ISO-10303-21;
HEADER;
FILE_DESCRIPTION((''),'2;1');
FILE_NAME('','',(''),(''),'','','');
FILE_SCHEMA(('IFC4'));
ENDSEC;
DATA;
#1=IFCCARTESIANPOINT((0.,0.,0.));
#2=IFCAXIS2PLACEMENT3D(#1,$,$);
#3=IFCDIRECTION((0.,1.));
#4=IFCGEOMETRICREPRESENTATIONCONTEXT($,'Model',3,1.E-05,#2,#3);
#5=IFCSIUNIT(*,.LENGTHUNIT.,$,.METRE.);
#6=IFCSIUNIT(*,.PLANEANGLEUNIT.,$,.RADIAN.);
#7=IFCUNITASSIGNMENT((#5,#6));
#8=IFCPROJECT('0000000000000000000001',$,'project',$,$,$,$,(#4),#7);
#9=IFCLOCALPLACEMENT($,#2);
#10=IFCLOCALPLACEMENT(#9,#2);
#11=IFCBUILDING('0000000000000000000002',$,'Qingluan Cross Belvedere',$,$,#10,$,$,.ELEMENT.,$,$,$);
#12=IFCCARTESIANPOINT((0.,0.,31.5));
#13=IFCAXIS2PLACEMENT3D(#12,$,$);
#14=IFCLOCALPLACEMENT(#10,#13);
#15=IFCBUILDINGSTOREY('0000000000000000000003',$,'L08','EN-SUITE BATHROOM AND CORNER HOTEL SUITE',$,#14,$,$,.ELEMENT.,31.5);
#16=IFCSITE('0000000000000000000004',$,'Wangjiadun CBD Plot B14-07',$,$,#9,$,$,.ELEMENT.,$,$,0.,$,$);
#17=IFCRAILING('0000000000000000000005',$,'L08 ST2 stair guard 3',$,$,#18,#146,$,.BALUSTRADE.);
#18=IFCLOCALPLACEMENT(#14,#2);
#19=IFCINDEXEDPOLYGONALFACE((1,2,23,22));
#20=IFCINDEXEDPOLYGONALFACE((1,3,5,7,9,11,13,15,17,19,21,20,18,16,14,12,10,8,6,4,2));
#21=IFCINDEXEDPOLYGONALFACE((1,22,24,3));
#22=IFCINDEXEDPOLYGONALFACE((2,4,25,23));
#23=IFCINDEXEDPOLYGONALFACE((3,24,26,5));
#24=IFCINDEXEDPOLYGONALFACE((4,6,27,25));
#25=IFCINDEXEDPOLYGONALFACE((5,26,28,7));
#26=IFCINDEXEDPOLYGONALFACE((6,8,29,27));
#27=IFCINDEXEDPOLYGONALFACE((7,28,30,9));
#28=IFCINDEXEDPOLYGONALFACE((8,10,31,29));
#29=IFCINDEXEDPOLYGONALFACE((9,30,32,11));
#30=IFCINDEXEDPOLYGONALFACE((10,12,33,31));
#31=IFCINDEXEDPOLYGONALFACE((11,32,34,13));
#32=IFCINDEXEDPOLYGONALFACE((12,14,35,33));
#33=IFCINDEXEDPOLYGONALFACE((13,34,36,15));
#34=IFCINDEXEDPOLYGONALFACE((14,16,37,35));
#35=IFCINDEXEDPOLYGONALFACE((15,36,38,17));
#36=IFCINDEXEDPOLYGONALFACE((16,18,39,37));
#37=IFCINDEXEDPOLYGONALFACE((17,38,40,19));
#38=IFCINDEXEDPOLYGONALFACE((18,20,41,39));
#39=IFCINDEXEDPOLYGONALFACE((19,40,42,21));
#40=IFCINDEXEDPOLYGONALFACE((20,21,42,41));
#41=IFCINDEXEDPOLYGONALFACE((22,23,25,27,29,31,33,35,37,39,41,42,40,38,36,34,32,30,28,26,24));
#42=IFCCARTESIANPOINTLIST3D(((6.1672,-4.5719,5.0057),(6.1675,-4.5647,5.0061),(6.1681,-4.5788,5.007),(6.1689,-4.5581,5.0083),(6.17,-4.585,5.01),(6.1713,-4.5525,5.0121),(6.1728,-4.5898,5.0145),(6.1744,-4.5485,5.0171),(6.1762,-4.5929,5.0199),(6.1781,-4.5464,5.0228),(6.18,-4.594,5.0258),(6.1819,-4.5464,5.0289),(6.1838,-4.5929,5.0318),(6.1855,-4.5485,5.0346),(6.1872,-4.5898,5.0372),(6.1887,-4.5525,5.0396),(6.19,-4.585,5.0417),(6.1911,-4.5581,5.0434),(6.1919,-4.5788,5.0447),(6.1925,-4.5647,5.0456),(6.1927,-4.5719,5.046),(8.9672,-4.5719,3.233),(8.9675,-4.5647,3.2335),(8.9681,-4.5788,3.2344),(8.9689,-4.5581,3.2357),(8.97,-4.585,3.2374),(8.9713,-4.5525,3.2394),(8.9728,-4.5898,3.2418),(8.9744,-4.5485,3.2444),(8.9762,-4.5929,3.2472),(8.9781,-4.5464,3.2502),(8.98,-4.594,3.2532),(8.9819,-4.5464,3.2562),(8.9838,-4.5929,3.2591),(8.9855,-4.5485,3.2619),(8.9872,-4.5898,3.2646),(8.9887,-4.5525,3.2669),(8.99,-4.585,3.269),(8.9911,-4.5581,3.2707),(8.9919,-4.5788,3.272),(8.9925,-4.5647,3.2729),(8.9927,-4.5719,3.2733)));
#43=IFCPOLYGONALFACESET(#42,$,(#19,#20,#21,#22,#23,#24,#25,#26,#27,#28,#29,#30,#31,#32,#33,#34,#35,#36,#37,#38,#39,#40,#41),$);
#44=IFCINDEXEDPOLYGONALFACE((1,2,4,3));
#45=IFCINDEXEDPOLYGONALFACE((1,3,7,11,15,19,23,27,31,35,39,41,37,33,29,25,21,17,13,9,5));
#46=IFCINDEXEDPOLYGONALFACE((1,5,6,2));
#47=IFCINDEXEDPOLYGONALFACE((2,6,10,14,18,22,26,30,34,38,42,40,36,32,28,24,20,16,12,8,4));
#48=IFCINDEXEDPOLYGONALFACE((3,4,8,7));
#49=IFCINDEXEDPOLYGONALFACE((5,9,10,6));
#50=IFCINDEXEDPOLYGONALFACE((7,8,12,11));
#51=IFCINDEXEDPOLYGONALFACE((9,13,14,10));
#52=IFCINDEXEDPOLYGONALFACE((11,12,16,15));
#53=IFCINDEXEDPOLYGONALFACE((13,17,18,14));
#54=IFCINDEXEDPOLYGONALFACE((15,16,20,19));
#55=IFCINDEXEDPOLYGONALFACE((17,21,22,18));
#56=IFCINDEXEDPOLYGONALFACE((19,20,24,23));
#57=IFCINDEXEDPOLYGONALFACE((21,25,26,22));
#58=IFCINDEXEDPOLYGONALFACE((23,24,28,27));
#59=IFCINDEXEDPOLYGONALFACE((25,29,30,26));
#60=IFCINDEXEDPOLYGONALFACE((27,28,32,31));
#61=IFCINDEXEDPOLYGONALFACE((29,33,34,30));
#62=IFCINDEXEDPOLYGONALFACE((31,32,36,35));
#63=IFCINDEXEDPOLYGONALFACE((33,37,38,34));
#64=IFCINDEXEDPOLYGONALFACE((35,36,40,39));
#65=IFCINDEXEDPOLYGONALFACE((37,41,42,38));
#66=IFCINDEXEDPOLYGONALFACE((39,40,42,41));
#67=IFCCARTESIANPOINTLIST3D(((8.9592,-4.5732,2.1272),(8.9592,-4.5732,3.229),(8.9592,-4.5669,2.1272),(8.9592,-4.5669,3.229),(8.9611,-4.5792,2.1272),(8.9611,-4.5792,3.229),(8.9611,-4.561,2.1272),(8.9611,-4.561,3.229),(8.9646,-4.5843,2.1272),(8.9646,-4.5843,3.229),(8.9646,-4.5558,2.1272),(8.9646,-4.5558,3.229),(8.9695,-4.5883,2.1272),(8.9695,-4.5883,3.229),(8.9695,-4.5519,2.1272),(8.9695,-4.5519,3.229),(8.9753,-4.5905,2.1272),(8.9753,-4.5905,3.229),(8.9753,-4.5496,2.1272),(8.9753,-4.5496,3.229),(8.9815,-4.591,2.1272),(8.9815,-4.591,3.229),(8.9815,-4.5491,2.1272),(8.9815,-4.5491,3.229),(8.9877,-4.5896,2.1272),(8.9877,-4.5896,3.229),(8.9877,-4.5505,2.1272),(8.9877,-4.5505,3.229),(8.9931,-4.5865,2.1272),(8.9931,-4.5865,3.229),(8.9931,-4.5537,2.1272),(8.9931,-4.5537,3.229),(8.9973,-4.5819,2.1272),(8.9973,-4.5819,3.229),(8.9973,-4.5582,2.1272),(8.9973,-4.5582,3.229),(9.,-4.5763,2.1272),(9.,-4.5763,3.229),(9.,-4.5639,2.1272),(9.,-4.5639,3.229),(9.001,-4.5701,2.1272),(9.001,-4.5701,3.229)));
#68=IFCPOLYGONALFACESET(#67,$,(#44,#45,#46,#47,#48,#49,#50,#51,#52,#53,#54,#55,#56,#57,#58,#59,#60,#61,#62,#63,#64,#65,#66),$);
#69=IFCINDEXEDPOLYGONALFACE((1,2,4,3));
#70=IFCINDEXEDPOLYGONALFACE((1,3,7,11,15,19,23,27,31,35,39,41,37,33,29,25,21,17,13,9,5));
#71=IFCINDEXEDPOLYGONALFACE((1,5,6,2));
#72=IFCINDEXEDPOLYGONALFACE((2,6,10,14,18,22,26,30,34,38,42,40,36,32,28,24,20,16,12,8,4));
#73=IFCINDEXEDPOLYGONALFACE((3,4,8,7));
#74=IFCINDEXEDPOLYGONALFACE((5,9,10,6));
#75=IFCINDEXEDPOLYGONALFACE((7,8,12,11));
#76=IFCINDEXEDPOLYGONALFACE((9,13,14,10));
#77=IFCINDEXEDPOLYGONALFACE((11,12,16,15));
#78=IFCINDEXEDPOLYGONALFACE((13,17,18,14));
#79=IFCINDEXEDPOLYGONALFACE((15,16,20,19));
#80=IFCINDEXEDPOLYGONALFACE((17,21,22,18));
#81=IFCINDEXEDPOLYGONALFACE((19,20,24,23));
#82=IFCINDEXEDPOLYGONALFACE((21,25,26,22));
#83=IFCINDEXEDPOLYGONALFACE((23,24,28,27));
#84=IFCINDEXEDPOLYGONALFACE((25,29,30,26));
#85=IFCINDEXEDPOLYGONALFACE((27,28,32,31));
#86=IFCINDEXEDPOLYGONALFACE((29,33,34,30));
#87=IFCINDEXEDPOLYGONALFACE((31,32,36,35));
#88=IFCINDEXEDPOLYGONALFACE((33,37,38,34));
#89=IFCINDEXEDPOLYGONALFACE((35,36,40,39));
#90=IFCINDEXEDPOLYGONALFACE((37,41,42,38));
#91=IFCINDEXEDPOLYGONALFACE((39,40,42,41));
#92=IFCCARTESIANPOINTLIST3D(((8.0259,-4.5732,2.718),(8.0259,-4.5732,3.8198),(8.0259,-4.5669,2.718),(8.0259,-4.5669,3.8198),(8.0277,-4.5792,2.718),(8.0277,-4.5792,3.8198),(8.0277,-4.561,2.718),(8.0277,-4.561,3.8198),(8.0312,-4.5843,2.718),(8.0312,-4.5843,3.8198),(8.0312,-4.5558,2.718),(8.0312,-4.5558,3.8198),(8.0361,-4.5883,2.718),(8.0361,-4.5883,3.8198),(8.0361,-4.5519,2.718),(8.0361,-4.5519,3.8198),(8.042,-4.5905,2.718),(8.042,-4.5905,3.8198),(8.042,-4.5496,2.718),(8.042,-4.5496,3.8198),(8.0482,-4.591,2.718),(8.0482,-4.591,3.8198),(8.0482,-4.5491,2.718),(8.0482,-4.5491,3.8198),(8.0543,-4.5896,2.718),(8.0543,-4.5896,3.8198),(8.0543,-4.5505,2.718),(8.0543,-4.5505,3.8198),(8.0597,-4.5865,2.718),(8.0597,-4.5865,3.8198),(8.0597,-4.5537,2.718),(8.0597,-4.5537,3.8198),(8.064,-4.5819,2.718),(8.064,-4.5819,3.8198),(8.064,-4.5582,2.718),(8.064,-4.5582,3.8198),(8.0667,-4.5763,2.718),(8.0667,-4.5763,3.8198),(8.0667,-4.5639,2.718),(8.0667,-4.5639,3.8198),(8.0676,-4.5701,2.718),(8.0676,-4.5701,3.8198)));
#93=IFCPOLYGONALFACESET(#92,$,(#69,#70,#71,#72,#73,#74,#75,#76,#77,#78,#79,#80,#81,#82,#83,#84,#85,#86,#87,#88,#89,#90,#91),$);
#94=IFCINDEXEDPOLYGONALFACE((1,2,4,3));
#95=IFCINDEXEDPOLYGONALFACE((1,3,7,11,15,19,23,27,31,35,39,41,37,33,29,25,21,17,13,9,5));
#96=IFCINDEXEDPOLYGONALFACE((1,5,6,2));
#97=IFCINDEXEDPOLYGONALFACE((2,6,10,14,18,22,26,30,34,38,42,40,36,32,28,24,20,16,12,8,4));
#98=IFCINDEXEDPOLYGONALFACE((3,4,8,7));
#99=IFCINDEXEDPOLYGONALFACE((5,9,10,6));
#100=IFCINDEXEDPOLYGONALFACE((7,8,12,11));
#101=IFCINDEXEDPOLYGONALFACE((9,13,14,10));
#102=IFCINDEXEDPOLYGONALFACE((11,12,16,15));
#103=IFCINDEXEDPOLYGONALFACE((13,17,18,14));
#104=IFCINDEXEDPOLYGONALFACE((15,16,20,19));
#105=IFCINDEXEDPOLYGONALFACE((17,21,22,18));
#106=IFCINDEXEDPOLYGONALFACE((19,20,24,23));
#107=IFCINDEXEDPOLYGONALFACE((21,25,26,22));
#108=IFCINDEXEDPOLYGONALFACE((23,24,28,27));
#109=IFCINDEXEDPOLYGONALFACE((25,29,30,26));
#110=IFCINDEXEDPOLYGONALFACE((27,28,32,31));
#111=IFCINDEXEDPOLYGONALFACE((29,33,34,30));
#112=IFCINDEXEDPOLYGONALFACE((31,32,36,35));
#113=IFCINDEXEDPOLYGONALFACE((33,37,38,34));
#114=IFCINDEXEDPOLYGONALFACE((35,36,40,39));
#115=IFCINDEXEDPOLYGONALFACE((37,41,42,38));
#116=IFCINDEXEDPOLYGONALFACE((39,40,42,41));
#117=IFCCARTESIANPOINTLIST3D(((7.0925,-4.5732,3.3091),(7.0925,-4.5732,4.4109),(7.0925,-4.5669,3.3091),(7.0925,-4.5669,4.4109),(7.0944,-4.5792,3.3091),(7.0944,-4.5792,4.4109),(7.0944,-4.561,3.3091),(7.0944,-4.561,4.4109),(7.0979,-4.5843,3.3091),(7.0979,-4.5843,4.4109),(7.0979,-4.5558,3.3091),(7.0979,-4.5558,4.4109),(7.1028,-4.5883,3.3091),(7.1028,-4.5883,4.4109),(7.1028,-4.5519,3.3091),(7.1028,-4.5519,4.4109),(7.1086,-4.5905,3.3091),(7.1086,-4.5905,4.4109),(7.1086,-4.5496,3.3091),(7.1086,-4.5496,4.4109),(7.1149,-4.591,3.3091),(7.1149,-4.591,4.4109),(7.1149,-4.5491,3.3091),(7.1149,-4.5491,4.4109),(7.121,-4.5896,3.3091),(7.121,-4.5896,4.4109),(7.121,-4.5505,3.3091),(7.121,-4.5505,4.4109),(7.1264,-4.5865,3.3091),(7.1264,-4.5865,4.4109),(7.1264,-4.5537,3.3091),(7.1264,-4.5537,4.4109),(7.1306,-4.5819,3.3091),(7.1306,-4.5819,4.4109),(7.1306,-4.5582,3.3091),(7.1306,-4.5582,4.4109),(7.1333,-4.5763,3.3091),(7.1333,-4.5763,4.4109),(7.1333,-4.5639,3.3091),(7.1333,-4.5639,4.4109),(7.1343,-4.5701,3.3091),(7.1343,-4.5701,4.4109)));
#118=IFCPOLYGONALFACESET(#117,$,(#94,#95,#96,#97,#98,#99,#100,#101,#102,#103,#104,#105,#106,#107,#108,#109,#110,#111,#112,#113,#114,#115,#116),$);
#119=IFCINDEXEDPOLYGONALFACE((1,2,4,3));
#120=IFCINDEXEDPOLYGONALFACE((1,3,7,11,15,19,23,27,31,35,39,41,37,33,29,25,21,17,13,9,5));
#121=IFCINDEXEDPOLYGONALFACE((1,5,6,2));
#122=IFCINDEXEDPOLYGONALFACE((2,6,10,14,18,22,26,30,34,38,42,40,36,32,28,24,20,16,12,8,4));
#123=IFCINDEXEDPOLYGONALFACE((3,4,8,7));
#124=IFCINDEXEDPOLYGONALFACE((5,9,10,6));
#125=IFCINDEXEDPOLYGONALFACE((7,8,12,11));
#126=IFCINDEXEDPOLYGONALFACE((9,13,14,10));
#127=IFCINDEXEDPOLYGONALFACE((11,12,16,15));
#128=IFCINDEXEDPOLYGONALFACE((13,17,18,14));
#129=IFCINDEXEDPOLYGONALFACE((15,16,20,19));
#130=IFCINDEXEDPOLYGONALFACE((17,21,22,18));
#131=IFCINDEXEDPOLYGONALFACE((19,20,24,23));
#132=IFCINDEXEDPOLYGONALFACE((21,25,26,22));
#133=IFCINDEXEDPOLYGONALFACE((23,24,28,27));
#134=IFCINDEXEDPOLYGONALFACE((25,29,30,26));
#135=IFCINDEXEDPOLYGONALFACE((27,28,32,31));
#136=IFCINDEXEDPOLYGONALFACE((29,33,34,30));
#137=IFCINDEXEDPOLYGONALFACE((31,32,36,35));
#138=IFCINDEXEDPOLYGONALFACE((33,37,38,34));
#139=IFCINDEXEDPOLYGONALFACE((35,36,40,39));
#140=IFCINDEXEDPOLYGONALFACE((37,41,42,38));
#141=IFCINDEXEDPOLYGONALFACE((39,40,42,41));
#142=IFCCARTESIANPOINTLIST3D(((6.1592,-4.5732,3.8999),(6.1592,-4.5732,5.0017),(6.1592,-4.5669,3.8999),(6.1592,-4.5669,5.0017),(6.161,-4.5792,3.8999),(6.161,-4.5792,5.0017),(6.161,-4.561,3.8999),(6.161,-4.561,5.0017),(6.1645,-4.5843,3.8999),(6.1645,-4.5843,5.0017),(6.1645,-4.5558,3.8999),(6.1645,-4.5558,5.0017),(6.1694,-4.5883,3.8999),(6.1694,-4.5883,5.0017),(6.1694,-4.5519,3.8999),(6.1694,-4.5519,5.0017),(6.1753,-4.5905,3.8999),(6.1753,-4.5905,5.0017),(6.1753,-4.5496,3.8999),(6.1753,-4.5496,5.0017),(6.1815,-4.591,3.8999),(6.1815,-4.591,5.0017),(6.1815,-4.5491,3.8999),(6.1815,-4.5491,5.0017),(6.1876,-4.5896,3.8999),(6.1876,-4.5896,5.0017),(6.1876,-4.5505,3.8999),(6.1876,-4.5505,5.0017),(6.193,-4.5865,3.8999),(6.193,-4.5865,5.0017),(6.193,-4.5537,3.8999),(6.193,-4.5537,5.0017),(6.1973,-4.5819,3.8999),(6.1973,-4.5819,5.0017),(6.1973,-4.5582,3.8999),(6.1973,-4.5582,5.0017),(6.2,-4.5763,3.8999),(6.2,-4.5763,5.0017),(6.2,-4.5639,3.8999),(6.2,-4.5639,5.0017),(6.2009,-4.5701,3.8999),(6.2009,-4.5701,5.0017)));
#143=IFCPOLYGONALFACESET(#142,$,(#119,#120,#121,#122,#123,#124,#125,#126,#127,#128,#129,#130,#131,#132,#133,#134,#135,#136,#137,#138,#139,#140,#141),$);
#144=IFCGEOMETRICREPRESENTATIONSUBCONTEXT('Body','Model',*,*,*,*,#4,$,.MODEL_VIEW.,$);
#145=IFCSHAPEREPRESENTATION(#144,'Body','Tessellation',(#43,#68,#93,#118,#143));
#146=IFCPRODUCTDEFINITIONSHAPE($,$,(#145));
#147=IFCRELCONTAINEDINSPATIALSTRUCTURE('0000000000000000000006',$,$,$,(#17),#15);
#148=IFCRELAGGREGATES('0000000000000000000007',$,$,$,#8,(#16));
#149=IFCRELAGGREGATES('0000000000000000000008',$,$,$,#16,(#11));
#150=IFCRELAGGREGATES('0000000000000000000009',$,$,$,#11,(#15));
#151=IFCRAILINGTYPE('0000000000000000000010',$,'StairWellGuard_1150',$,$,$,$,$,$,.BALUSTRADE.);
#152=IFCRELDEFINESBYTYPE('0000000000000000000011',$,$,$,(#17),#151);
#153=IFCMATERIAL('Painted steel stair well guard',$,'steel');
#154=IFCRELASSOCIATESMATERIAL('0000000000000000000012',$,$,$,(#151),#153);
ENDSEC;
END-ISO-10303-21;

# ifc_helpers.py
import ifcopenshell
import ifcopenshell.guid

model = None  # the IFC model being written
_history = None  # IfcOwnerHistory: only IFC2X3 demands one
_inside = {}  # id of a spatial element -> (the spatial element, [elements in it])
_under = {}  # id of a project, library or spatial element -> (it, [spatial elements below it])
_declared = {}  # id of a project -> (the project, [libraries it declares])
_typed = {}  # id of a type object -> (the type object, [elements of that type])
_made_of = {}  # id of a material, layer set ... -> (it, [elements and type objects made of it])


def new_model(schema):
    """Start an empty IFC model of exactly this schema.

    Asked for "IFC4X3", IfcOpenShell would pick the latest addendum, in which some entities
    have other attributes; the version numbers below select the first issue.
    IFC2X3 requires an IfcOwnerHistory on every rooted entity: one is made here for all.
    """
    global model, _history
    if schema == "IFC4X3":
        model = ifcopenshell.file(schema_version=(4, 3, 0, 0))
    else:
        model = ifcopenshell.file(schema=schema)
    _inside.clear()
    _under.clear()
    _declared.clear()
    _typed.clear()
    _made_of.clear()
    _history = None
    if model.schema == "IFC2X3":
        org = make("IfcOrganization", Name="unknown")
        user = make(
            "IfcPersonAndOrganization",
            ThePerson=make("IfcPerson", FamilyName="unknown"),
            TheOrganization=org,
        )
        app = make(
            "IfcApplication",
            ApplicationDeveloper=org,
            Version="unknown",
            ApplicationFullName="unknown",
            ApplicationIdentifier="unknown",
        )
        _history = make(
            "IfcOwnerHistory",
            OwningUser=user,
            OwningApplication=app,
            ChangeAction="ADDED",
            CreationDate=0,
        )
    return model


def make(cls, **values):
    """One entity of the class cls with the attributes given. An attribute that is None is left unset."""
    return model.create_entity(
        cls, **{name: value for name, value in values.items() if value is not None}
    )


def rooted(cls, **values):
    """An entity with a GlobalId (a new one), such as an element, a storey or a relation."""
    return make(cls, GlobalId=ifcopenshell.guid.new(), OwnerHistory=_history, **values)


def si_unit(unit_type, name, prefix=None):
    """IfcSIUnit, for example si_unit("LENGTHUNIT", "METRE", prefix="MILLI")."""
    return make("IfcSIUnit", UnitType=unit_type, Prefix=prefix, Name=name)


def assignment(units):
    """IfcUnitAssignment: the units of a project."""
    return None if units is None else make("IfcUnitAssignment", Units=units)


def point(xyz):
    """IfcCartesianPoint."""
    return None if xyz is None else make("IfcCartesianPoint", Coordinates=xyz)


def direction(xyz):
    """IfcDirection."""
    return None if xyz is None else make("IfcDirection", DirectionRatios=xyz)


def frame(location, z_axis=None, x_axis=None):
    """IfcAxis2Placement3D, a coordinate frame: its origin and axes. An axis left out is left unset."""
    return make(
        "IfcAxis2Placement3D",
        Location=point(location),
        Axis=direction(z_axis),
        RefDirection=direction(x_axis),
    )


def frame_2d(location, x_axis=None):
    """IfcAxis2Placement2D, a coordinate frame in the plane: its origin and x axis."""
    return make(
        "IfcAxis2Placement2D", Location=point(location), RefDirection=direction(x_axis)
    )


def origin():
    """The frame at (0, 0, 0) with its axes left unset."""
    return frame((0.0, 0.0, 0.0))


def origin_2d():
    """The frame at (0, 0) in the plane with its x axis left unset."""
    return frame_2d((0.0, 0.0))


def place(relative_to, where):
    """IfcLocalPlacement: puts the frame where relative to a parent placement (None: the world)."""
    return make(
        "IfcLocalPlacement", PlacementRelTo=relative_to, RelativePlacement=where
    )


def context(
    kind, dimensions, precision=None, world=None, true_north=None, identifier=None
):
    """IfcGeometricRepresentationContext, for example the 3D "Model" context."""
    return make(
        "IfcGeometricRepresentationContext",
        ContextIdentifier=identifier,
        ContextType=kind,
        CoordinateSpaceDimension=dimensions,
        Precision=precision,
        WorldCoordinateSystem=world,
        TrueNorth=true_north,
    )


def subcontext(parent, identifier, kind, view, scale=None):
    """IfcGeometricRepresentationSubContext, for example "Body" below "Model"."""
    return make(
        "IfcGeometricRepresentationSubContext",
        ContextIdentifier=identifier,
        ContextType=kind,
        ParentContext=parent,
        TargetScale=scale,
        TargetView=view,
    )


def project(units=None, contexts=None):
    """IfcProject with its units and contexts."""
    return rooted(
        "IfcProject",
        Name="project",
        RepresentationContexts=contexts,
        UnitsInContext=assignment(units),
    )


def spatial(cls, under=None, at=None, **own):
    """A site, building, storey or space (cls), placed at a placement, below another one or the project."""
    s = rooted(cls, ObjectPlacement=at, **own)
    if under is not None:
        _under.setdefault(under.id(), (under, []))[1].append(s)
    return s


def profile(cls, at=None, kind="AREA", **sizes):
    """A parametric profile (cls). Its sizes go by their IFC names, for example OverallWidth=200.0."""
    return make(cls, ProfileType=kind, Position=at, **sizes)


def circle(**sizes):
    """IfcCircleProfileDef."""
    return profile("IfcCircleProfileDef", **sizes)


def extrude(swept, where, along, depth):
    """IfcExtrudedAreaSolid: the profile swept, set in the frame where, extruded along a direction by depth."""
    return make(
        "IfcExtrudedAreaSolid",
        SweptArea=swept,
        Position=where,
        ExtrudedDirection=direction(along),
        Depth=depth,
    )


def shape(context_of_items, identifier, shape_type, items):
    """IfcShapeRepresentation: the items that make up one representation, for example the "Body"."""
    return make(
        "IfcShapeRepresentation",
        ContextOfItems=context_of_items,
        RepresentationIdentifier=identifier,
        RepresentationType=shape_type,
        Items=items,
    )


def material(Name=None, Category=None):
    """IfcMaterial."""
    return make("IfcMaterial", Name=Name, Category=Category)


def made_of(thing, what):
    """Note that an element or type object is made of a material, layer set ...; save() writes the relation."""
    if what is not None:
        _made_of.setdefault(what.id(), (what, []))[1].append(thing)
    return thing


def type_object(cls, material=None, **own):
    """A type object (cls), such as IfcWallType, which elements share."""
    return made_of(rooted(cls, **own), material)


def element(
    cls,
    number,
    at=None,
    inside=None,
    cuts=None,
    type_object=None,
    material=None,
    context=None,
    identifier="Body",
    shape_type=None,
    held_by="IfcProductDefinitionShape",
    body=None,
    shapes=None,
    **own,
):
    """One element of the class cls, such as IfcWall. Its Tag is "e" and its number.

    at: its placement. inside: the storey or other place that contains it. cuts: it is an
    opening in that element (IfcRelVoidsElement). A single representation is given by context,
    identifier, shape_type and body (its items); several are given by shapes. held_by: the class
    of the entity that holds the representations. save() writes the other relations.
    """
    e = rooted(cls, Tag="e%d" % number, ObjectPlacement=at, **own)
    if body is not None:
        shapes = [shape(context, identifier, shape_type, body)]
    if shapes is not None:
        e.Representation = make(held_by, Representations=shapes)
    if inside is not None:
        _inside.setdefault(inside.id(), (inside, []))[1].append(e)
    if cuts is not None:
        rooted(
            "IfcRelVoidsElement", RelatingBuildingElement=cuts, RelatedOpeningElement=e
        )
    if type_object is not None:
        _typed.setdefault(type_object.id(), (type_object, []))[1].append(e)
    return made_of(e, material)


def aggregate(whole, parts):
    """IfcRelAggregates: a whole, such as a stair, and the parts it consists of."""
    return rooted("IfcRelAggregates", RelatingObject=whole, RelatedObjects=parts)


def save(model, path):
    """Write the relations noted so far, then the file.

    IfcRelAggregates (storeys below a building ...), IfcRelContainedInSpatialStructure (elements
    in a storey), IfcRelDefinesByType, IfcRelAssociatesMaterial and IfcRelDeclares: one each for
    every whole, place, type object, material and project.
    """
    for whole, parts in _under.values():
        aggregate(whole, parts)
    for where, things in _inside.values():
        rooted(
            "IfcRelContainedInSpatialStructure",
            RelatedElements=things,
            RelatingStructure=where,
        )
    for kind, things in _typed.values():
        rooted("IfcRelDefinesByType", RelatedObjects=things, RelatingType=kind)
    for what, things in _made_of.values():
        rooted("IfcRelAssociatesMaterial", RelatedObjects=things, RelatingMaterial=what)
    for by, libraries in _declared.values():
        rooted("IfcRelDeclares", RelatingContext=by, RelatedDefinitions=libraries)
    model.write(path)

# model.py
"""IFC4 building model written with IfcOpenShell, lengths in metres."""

from ifc_helpers import new_model, si_unit, direction, frame, origin, origin_2d, place, context, subcontext, project, spatial, circle, extrude, material, type_object, element, save


model = new_model("IFC4")

# Units and contexts
model_context = context("Model", 3, precision=1e-05, world=origin(), true_north=direction((0.0, 1.0)))
body_context = subcontext(model_context, "Body", "Model", "MODEL_VIEW")
ifc_project = project(units=[si_unit("LENGTHUNIT", "METRE"), si_unit("PLANEANGLEUNIT", "RADIAN")], contexts=[model_context])

# Site, building, storey
site_placement = place(None, origin())
site = spatial("IfcSite", under=ifc_project, at=site_placement, Name="Wangjiadun CBD Plot B14-07", CompositionType="ELEMENT", RefElevation=0.0)
building_placement = place(site_placement, origin())
building = spatial("IfcBuilding", under=site, at=building_placement, Name="Qingluan Cross Belvedere", CompositionType="ELEMENT")
storey_placement = place(building_placement, frame((0.0, 0.0, 31.5)))
storey = spatial("IfcBuildingStorey", under=building, at=storey_placement, Name="L08", Description="EN-SUITE BATHROOM AND CORNER HOTEL SUITE", CompositionType="ELEMENT", Elevation=31.5)

# Railing
ifc_material_1 = material(Name="Painted steel stair well guard", Category="steel")
railing_type_1 = type_object("IfcRailingType", Name="StairWellGuard_1150", PredefinedType="BALUSTRADE", material=ifc_material_1)
railing_1_placement = place(storey_placement, frame((8.98, -4.5701, 2.1272)))
element("IfcRailing", 1, at=railing_1_placement, inside=storey, type_object=railing_type_1, Name="L08 ST2 stair guard 3", PredefinedType="BALUSTRADE", context=body_context, shape_type="SweptSolid", body=[
    extrude(circle(Radius=0.0239, at=origin_2d()), frame((0.0, 0.0, 1.126), z_axis=(-0.844909, 0.0, 0.53491), x_axis=(0.0, -1.0, 0.0)), (0.0, 0.0, 1.0), 3.314),
    extrude(circle(Radius=0.021, at=origin_2d()), origin(), (0.0, 0.0, 1.0), 1.1018),
    extrude(circle(Radius=0.021, at=origin_2d()), frame((-0.9333, 0.0, 0.5908)), (0.0, 0.0, 1.0), 1.1018),
    extrude(circle(Radius=0.021, at=origin_2d()), frame((-1.8667, 0.0, 1.1819)), (0.0, 0.0, 1.0), 1.1018),
    extrude(circle(Radius=0.021, at=origin_2d()), frame((-2.8, 0.0, 1.7727)), (0.0, 0.0, 1.0), 1.1018),
])

save(model, "model.ifc")
